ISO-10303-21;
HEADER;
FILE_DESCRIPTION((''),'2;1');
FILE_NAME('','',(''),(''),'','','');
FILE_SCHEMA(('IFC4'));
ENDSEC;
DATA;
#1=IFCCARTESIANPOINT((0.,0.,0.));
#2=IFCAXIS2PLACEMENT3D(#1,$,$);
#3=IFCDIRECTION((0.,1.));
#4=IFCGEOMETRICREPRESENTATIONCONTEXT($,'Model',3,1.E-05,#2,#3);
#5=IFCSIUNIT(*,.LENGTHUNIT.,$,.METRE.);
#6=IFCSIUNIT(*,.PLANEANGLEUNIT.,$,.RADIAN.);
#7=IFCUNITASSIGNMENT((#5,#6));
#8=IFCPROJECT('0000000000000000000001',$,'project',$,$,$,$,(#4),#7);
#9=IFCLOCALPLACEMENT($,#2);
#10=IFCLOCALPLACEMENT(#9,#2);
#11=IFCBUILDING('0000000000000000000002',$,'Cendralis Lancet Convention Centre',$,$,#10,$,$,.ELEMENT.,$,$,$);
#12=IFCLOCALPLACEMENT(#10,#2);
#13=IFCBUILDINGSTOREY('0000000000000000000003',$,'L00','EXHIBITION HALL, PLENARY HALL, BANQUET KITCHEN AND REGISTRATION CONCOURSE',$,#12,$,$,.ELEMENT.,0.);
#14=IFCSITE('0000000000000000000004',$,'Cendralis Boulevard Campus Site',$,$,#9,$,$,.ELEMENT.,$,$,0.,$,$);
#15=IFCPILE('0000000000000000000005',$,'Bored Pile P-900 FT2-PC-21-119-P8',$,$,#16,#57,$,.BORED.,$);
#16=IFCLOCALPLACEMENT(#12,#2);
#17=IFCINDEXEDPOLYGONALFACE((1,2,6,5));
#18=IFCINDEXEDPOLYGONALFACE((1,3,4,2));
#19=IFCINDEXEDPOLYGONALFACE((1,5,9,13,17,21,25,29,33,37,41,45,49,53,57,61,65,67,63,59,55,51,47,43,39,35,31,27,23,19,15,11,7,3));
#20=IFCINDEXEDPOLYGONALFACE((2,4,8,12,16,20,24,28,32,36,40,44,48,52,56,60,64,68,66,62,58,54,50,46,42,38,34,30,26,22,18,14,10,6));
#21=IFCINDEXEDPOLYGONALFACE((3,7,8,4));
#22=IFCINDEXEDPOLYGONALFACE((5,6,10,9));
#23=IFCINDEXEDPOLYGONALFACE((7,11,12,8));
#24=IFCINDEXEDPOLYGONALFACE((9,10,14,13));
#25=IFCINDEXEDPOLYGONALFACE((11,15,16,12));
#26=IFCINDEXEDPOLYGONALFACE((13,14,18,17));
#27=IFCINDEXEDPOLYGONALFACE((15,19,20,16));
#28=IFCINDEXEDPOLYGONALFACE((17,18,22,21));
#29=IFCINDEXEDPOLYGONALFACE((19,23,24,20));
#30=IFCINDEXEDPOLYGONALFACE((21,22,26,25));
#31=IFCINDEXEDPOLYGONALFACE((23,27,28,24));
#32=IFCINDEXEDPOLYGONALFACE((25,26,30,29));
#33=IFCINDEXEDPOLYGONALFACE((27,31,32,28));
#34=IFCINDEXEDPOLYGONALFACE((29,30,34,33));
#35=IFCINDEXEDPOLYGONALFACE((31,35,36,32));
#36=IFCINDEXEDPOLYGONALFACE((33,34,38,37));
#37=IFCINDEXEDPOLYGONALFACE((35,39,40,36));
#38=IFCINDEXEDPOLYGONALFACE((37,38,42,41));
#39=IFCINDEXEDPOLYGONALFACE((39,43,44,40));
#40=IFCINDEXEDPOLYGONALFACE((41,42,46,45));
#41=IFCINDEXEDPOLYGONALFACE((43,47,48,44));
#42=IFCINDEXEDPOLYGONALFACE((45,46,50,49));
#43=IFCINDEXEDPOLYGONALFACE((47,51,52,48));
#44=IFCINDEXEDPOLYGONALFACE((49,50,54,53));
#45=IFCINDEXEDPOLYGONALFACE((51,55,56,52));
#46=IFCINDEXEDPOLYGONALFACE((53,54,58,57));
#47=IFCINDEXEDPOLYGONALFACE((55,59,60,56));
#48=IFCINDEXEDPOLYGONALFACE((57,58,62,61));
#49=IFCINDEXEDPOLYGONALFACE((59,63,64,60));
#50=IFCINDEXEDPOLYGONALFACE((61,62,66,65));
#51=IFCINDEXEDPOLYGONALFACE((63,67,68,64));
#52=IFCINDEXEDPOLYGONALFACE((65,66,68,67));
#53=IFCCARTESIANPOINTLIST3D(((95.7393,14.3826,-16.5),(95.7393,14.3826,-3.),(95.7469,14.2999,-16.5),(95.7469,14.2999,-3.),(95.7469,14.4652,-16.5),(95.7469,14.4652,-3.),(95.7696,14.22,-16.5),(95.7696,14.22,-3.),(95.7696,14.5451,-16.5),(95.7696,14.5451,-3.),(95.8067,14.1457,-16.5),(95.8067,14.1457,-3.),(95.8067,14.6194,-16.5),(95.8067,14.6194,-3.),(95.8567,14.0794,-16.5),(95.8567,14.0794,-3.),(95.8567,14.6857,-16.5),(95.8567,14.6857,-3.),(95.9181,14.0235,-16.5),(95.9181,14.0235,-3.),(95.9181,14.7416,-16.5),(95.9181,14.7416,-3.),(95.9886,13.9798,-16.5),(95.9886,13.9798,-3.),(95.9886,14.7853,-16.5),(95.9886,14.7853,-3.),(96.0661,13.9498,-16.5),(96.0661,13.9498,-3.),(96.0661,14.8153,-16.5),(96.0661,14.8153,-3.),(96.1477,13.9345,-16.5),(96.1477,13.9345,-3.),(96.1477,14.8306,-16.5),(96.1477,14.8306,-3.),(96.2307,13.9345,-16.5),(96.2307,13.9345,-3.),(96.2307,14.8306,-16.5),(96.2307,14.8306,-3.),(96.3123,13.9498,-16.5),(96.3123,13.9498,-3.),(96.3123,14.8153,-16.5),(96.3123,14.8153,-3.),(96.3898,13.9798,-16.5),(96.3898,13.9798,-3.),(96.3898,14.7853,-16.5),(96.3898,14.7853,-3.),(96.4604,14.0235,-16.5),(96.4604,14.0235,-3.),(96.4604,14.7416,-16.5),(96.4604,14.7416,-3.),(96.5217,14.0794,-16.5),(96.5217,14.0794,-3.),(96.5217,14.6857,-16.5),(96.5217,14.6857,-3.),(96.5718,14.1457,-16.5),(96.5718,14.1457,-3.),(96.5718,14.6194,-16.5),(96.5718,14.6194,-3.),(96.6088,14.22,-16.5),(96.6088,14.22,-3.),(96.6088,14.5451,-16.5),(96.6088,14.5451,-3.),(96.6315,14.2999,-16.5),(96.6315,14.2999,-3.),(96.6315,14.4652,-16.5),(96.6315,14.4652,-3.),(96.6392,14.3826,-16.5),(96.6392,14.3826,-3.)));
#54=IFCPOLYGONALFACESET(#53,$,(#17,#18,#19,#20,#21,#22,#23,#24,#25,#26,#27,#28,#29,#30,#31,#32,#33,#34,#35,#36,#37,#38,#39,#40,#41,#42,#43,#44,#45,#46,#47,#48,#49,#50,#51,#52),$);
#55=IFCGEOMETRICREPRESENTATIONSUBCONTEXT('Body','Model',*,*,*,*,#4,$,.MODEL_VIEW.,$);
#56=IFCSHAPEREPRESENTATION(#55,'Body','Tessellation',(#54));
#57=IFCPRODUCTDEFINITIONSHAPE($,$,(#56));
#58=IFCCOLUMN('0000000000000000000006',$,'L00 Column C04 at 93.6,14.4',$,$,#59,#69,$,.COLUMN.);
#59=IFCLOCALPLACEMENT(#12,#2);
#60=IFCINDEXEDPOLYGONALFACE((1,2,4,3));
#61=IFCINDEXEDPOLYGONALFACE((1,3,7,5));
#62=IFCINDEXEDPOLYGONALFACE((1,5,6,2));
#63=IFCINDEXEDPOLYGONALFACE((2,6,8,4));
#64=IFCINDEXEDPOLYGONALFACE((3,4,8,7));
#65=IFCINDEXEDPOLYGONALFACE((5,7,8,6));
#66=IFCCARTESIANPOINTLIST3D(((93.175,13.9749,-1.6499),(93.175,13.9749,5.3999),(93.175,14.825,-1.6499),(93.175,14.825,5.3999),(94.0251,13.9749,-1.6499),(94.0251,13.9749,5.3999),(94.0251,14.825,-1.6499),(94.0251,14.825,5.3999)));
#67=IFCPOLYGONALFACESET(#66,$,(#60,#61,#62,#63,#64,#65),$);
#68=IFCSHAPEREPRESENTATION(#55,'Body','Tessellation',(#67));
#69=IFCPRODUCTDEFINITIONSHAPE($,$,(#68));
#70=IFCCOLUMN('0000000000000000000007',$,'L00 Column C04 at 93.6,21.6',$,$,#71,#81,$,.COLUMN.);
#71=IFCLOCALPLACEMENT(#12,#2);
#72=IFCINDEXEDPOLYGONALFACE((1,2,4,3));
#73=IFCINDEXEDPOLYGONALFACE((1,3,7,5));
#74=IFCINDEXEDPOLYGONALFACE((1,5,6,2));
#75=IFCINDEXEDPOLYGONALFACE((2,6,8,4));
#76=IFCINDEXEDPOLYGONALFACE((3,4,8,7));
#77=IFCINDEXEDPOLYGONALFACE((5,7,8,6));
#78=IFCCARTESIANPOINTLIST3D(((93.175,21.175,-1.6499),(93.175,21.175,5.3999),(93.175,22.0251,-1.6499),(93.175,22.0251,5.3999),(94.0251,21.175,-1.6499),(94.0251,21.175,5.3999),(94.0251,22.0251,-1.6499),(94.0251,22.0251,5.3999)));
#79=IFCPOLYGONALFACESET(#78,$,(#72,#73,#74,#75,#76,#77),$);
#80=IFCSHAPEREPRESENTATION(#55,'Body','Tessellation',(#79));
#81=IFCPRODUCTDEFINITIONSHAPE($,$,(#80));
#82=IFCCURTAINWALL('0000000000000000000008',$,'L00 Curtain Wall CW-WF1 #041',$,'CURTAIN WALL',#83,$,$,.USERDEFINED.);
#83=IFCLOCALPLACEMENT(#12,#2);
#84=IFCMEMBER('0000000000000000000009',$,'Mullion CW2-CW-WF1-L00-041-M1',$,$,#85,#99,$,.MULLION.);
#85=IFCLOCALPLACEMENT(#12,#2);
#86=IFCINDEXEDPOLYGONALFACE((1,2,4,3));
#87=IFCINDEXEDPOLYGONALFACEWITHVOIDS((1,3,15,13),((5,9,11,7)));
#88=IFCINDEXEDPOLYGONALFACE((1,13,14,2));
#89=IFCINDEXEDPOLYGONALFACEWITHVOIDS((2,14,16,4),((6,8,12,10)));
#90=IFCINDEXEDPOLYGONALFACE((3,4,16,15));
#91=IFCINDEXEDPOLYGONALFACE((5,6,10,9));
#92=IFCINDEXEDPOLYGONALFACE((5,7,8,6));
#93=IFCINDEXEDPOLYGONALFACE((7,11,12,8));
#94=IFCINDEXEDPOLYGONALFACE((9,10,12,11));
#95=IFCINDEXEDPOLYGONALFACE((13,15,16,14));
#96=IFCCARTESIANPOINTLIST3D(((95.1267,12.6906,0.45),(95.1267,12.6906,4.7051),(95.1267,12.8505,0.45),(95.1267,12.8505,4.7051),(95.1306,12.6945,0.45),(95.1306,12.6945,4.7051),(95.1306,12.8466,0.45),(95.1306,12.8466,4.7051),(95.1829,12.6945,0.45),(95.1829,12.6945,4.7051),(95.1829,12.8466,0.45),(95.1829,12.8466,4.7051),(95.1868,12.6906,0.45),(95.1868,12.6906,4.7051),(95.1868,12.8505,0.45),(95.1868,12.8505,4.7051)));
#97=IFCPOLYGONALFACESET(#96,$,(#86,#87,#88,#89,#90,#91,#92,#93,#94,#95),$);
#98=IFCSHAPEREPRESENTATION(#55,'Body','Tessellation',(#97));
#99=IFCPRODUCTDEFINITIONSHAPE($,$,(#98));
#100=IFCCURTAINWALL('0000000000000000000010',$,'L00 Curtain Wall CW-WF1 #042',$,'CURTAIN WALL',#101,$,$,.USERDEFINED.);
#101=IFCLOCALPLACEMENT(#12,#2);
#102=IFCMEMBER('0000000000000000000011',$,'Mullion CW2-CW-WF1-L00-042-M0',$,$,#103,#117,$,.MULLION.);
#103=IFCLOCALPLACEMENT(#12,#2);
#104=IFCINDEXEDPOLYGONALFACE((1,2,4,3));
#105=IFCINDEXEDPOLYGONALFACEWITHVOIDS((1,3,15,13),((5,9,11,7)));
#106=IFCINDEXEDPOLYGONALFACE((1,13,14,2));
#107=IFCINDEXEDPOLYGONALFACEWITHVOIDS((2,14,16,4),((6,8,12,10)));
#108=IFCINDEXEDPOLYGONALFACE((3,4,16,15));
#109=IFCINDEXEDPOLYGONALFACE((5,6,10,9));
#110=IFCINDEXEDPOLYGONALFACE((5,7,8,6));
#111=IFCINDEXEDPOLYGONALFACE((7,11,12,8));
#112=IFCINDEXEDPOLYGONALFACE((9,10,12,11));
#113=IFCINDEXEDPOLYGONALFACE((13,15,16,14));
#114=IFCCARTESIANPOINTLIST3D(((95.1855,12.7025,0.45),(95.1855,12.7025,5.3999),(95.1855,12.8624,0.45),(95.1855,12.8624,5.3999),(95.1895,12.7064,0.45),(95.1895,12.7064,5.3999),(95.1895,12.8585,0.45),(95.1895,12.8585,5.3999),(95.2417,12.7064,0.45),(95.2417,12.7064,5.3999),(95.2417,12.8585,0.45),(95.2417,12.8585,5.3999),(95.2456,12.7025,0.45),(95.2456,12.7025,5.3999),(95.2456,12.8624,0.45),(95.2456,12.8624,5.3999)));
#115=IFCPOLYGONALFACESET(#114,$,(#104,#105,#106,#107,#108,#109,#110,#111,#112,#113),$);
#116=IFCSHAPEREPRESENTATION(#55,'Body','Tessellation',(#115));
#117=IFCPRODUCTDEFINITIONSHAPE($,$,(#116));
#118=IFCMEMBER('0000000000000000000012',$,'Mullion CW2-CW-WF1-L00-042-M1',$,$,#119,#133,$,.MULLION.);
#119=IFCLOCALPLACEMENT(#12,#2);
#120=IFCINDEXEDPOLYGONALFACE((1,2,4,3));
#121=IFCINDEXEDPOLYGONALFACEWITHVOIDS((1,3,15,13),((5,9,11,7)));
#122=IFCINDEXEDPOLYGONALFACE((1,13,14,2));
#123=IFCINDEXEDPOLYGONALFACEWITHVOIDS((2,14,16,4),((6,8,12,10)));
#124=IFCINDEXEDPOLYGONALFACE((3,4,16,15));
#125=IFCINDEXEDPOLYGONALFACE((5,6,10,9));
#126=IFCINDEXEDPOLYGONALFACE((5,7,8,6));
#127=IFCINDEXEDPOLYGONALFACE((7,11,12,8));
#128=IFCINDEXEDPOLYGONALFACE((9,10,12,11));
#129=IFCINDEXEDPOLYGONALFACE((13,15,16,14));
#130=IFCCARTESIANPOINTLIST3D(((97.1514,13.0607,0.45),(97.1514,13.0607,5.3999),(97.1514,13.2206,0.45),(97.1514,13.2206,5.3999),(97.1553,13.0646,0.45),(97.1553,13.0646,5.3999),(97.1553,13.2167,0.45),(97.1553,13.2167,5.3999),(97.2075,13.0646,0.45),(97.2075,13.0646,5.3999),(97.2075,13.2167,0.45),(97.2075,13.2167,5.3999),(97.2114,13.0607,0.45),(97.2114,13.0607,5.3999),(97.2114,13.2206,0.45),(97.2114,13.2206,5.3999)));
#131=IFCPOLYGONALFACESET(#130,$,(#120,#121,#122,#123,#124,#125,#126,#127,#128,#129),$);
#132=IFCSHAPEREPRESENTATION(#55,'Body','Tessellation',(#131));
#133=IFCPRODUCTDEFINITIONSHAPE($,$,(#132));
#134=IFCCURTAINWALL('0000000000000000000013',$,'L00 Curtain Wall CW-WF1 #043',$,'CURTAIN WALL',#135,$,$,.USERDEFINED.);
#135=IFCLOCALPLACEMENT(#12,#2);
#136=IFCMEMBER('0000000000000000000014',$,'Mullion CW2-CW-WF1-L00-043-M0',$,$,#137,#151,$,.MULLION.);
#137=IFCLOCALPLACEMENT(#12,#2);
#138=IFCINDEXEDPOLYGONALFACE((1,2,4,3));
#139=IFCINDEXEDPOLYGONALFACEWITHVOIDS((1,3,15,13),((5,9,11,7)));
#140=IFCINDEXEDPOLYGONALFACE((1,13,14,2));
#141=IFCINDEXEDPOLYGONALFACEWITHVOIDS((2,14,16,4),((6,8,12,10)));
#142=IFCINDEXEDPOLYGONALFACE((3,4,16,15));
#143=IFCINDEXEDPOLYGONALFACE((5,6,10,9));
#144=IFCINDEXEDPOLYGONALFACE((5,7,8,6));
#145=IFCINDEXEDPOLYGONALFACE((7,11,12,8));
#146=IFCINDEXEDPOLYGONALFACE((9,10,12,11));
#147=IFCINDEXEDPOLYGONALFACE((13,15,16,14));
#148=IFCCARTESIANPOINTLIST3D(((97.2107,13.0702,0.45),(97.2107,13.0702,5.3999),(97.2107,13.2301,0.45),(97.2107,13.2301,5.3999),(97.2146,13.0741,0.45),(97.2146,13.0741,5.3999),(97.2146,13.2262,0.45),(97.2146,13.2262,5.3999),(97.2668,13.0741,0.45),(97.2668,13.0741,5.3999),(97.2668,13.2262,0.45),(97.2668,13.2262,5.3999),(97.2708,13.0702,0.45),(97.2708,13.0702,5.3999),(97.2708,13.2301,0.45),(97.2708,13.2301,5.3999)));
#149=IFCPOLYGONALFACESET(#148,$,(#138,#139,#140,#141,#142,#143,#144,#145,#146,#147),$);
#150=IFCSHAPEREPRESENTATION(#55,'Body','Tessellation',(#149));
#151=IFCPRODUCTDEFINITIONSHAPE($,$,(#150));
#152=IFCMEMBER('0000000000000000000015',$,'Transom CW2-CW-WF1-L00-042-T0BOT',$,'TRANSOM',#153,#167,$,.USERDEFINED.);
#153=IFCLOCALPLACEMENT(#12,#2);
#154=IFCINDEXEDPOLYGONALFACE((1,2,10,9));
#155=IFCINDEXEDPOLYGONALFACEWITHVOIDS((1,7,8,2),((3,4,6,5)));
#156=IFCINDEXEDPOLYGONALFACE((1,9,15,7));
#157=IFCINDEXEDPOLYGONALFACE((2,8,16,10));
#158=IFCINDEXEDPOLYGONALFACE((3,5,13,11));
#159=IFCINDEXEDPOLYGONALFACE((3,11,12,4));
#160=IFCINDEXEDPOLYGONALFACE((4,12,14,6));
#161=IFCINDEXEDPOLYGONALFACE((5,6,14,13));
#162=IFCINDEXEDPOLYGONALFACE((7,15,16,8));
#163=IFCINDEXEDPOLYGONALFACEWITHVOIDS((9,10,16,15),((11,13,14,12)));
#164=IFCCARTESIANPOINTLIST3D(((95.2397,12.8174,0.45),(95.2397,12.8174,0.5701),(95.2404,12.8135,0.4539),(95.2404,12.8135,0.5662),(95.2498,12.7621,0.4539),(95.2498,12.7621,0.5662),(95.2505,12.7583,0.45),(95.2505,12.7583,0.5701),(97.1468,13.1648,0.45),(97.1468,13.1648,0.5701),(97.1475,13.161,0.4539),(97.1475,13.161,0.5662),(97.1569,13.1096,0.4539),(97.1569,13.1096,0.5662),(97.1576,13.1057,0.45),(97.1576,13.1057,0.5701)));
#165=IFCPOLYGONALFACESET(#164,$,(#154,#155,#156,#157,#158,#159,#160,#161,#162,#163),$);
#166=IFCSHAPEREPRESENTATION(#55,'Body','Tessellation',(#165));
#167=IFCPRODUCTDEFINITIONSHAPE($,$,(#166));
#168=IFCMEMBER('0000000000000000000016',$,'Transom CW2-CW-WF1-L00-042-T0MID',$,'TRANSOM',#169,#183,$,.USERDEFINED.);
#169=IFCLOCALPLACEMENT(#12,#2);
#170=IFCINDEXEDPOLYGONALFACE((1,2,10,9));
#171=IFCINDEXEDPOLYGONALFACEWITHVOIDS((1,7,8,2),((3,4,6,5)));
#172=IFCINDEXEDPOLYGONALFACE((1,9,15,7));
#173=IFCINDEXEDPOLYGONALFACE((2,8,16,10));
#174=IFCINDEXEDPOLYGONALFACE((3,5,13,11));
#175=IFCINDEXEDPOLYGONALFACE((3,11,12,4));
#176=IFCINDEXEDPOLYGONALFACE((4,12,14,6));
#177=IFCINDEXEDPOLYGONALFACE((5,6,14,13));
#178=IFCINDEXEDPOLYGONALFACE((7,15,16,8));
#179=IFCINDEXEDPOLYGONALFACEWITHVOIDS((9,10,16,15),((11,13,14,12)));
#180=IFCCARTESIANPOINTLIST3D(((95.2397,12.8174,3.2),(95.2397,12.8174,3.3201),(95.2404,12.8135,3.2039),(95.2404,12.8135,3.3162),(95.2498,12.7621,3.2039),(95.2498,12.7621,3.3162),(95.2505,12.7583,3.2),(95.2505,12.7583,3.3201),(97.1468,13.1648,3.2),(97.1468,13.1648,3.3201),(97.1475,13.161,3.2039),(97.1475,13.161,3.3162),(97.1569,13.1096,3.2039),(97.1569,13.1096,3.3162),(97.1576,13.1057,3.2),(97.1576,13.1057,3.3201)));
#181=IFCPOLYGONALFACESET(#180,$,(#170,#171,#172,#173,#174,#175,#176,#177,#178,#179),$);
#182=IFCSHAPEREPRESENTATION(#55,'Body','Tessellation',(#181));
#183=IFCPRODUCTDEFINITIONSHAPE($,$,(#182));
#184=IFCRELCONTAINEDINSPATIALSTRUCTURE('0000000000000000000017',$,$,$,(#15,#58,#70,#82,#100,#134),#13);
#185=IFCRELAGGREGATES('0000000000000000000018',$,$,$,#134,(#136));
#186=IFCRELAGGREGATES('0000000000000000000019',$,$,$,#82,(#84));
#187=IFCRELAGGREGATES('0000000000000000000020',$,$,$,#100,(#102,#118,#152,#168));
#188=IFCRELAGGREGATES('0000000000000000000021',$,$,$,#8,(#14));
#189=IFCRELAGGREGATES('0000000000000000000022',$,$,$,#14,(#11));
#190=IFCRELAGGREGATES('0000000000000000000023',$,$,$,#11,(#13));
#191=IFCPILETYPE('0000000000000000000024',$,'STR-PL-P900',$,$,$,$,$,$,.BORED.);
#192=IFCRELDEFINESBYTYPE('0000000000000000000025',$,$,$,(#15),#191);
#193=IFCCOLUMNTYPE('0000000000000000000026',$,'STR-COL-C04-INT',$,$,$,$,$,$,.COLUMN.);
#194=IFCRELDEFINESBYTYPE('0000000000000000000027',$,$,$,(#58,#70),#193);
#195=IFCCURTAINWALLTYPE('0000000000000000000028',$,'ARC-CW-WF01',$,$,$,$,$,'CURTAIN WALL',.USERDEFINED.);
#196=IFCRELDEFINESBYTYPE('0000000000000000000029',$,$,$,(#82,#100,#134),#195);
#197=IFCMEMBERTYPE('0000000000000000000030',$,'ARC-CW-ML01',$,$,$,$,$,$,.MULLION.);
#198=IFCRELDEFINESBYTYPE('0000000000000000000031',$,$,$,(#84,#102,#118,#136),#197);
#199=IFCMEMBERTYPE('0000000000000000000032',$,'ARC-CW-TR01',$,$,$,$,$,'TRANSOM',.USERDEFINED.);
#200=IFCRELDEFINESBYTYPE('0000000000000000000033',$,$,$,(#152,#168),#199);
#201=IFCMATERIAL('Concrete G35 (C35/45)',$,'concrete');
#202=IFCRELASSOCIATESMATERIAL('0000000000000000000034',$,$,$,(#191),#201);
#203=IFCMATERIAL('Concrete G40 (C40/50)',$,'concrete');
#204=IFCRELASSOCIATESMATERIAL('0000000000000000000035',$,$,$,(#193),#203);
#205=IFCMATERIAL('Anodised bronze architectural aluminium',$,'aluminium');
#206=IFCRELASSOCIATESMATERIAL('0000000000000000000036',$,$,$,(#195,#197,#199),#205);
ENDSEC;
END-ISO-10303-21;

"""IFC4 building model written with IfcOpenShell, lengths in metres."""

from ifc_helpers import new_model, si_unit, direction, frame, origin, origin_2d, place, context, subcontext, project, spatial, rectangle, hollow_rectangle, circle, extrude, material, material_profile, profile_set, type_object, element, aggregate, save


model = new_model("IFC4")

# Units and contexts
model_context = context("Model", 3, precision=1e-05, world=origin(), true_north=direction((0.0, 1.0)))
body_context = subcontext(model_context, "Body", "Model", "MODEL_VIEW")
ifc_project = project(units=[si_unit("LENGTHUNIT", "METRE"), si_unit("PLANEANGLEUNIT", "RADIAN")], contexts=[model_context])

# Site, building, storey
site_placement = place(None, origin())
site = spatial("IfcSite", under=ifc_project, at=site_placement, Name="Cendralis Boulevard Campus Site", CompositionType="ELEMENT", RefElevation=0.0)
building_placement = place(site_placement, origin())
building = spatial("IfcBuilding", under=site, at=building_placement, Name="Cendralis Lancet Convention Centre", CompositionType="ELEMENT")
storey_placement = place(building_placement, origin())
storey = spatial("IfcBuildingStorey", under=building, at=storey_placement, Name="L00", Description="EXHIBITION HALL, PLENARY HALL, BANQUET KITCHEN AND REGISTRATION CONCOURSE", CompositionType="ELEMENT", Elevation=0.0)

# Shared definitions
ifc_material_1 = material(Name="Concrete G35 (C35/45)", Category="concrete")

# Pile
ifc_material_profile_1 = material_profile(ifc_material_1, circle(Radius=0.45, at=origin_2d()), Name="BORED PILE D900")
ifc_profile_set_1 = profile_set([ifc_material_profile_1], Name="Concrete G35 (C35/45)")
pile_type = type_object("IfcPileType", Name="STR-PL-P900", PredefinedType="BORED", material=ifc_profile_set_1)
for number, where, z_axis, x_axis, name in (
    (1, (96.1892, 14.3826, -3.0), (0.0, 0.0, -1.0), (1.0, 0.0, 0.0), "Bored Pile P-900 FT2-PC-21-119-P8"),
):
    element("IfcPile", number, at=place(storey_placement, frame(where, z_axis=z_axis, x_axis=x_axis)), inside=storey, type_object=pile_type, Name=name, PredefinedType="BORED", context=body_context, shape_type="SweptSolid", body=[
        extrude(circle(Radius=0.45, at=origin_2d()), origin(), (0.0, 0.0, 1.0), 13.5),
    ])

# Columns
ifc_material_2 = material(Name="Concrete G40 (C40/50)", Category="concrete")
ifc_material_profile_2 = material_profile(ifc_material_2, rectangle(XDim=0.8501, YDim=0.8501, at=origin_2d()), Name="RC 850x850")
ifc_profile_set_2 = profile_set([ifc_material_profile_2], Name="Concrete G40 (C40/50)")
column_type = type_object("IfcColumnType", Name="STR-COL-C04-INT", PredefinedType="COLUMN", material=ifc_profile_set_2)
for number, where, z_axis, x_axis, name in (
    (2, (93.6001, 14.3999, -1.6499), (0.0, 0.0, 1.0), (1.0, 0.0, 0.0), "L00 Column C04 at 93.6,14.4"),
    (3, (93.6001, 21.6001, -1.6499), (0.0, 0.0, 1.0), (1.0, 0.0, 0.0), "L00 Column C04 at 93.6,21.6"),
):
    element("IfcColumn", number, at=place(storey_placement, frame(where, z_axis=z_axis, x_axis=x_axis)), inside=storey, type_object=column_type, Name=name, PredefinedType="COLUMN", context=body_context, shape_type="SweptSolid", body=[
        extrude(rectangle(XDim=0.8501, YDim=0.8501, at=origin_2d()), origin(), (0.0, 0.0, 1.0), 7.0498),
    ])

# Curtain wall, member
ifc_material_3 = material(Name="Anodised bronze architectural aluminium", Category="aluminium")
curtain_wall_type = type_object("IfcCurtainWallType", Name="ARC-CW-WF01", ElementType="CURTAIN WALL", PredefinedType="USERDEFINED", material=ifc_material_3)
curtain_wall_1_placement = place(storey_placement, origin())
curtain_wall_1 = element("IfcCurtainWall", 4, at=curtain_wall_1_placement, inside=storey, type_object=curtain_wall_type, Name="L00 Curtain Wall CW-WF1 #041", ObjectType="CURTAIN WALL", PredefinedType="USERDEFINED")
ifc_material_profile_3 = material_profile(ifc_material_3, hollow_rectangle(XDim=0.0601, YDim=0.1599, WallThickness=0.0039, at=origin_2d()), Name="AL-MULL 60x160x4.0")
ifc_profile_set_3 = profile_set([ifc_material_profile_3], Name="Anodised bronze architectural aluminium")
member_type_1 = type_object("IfcMemberType", Name="ARC-CW-ML01", PredefinedType="MULLION", material=ifc_profile_set_3)
member_1_placement = place(storey_placement, frame((95.1567, 12.7705, 0.45), z_axis=(0.0, 0.0, 1.0), x_axis=(1.0, 0.0, 0.0)))
member_1 = element("IfcMember", 5, at=member_1_placement, type_object=member_type_1, Name="Mullion CW2-CW-WF1-L00-041-M1", PredefinedType="MULLION", context=body_context, shape_type="SweptSolid", body=[
    extrude(hollow_rectangle(XDim=0.0601, YDim=0.1599, WallThickness=0.0039, at=origin_2d()), origin(), (0.0, 0.0, 1.0), 4.2551),
])

# Curtain wall, members
curtain_wall_2_placement = place(storey_placement, origin())
curtain_wall_2 = element("IfcCurtainWall", 6, at=curtain_wall_2_placement, inside=storey, type_object=curtain_wall_type, Name="L00 Curtain Wall CW-WF1 #042", ObjectType="CURTAIN WALL", PredefinedType="USERDEFINED")
member_2_placement = place(storey_placement, frame((95.2156, 12.7825, 0.45), z_axis=(0.0, 0.0, 1.0), x_axis=(1.0, 0.0, 0.0)))
member_2 = element("IfcMember", 7, at=member_2_placement, type_object=member_type_1, Name="Mullion CW2-CW-WF1-L00-042-M0", PredefinedType="MULLION", context=body_context, shape_type="SweptSolid", body=[
    extrude(hollow_rectangle(XDim=0.0601, YDim=0.1599, WallThickness=0.0039, at=origin_2d()), origin(), (0.0, 0.0, 1.0), 4.95),
])
member_3_placement = place(storey_placement, frame((97.1814, 13.1406, 0.45), z_axis=(0.0, 0.0, 1.0), x_axis=(1.0, 0.0, 0.0)))
member_3 = element("IfcMember", 8, at=member_3_placement, type_object=member_type_1, Name="Mullion CW2-CW-WF1-L00-042-M1", PredefinedType="MULLION", context=body_context, shape_type="SweptSolid", body=[
    extrude(hollow_rectangle(XDim=0.0601, YDim=0.1599, WallThickness=0.0039, at=origin_2d()), origin(), (0.0, 0.0, 1.0), 4.95),
])

# Curtain wall, member
curtain_wall_3_placement = place(storey_placement, origin())
curtain_wall_3 = element("IfcCurtainWall", 9, at=curtain_wall_3_placement, inside=storey, type_object=curtain_wall_type, Name="L00 Curtain Wall CW-WF1 #043", ObjectType="CURTAIN WALL", PredefinedType="USERDEFINED")
member_4_placement = place(storey_placement, frame((97.2407, 13.1501, 0.45), z_axis=(0.0, 0.0, 1.0), x_axis=(1.0, 0.0, 0.0)))
member_4 = element("IfcMember", 10, at=member_4_placement, type_object=member_type_1, Name="Mullion CW2-CW-WF1-L00-043-M0", PredefinedType="MULLION", context=body_context, shape_type="SweptSolid", body=[
    extrude(hollow_rectangle(XDim=0.0601, YDim=0.1599, WallThickness=0.0039, at=origin_2d()), origin(), (0.0, 0.0, 1.0), 4.95),
])

# Members
ifc_material_profile_4 = material_profile(ifc_material_3, hollow_rectangle(XDim=0.0601, YDim=0.1201, WallThickness=0.0039, at=origin_2d()), Name="AL-TRAN 60x120x4.0")
ifc_profile_set_4 = profile_set([ifc_material_profile_4], Name="Anodised bronze architectural aluminium")
member_type_2 = type_object("IfcMemberType", Name="ARC-CW-TR01", ElementType="TRANSOM", PredefinedType="USERDEFINED", material=ifc_profile_set_4)
member_5_placement = place(storey_placement, frame((95.2451, 12.7878, 0.51), z_axis=(0.983807, 0.179229, 0.0), x_axis=(-0.179229, 0.983807, 0.0)))
member_5 = element("IfcMember", 11, at=member_5_placement, type_object=member_type_2, Name="Transom CW2-CW-WF1-L00-042-T0BOT", ObjectType="TRANSOM", PredefinedType="USERDEFINED", context=body_context, shape_type="SweptSolid", body=[
    extrude(hollow_rectangle(XDim=0.0601, YDim=0.1201, WallThickness=0.0039, at=origin_2d()), origin(), (0.0, 0.0, 1.0), 1.9385),
])
member_6_placement = place(storey_placement, frame((95.2451, 12.7878, 3.26), z_axis=(0.983807, 0.179229, 0.0), x_axis=(-0.179229, 0.983807, 0.0)))
member_6 = element("IfcMember", 12, at=member_6_placement, type_object=member_type_2, Name="Transom CW2-CW-WF1-L00-042-T0MID", ObjectType="TRANSOM", PredefinedType="USERDEFINED", context=body_context, shape_type="SweptSolid", body=[
    extrude(hollow_rectangle(XDim=0.0601, YDim=0.1201, WallThickness=0.0039, at=origin_2d()), origin(), (0.0, 0.0, 1.0), 1.9385),
])
aggregate(curtain_wall_3, [member_4])

aggregate(curtain_wall_1, [member_1])
aggregate(curtain_wall_2, [member_2, member_3, member_5, member_6])

save(model, "model.ifc")
